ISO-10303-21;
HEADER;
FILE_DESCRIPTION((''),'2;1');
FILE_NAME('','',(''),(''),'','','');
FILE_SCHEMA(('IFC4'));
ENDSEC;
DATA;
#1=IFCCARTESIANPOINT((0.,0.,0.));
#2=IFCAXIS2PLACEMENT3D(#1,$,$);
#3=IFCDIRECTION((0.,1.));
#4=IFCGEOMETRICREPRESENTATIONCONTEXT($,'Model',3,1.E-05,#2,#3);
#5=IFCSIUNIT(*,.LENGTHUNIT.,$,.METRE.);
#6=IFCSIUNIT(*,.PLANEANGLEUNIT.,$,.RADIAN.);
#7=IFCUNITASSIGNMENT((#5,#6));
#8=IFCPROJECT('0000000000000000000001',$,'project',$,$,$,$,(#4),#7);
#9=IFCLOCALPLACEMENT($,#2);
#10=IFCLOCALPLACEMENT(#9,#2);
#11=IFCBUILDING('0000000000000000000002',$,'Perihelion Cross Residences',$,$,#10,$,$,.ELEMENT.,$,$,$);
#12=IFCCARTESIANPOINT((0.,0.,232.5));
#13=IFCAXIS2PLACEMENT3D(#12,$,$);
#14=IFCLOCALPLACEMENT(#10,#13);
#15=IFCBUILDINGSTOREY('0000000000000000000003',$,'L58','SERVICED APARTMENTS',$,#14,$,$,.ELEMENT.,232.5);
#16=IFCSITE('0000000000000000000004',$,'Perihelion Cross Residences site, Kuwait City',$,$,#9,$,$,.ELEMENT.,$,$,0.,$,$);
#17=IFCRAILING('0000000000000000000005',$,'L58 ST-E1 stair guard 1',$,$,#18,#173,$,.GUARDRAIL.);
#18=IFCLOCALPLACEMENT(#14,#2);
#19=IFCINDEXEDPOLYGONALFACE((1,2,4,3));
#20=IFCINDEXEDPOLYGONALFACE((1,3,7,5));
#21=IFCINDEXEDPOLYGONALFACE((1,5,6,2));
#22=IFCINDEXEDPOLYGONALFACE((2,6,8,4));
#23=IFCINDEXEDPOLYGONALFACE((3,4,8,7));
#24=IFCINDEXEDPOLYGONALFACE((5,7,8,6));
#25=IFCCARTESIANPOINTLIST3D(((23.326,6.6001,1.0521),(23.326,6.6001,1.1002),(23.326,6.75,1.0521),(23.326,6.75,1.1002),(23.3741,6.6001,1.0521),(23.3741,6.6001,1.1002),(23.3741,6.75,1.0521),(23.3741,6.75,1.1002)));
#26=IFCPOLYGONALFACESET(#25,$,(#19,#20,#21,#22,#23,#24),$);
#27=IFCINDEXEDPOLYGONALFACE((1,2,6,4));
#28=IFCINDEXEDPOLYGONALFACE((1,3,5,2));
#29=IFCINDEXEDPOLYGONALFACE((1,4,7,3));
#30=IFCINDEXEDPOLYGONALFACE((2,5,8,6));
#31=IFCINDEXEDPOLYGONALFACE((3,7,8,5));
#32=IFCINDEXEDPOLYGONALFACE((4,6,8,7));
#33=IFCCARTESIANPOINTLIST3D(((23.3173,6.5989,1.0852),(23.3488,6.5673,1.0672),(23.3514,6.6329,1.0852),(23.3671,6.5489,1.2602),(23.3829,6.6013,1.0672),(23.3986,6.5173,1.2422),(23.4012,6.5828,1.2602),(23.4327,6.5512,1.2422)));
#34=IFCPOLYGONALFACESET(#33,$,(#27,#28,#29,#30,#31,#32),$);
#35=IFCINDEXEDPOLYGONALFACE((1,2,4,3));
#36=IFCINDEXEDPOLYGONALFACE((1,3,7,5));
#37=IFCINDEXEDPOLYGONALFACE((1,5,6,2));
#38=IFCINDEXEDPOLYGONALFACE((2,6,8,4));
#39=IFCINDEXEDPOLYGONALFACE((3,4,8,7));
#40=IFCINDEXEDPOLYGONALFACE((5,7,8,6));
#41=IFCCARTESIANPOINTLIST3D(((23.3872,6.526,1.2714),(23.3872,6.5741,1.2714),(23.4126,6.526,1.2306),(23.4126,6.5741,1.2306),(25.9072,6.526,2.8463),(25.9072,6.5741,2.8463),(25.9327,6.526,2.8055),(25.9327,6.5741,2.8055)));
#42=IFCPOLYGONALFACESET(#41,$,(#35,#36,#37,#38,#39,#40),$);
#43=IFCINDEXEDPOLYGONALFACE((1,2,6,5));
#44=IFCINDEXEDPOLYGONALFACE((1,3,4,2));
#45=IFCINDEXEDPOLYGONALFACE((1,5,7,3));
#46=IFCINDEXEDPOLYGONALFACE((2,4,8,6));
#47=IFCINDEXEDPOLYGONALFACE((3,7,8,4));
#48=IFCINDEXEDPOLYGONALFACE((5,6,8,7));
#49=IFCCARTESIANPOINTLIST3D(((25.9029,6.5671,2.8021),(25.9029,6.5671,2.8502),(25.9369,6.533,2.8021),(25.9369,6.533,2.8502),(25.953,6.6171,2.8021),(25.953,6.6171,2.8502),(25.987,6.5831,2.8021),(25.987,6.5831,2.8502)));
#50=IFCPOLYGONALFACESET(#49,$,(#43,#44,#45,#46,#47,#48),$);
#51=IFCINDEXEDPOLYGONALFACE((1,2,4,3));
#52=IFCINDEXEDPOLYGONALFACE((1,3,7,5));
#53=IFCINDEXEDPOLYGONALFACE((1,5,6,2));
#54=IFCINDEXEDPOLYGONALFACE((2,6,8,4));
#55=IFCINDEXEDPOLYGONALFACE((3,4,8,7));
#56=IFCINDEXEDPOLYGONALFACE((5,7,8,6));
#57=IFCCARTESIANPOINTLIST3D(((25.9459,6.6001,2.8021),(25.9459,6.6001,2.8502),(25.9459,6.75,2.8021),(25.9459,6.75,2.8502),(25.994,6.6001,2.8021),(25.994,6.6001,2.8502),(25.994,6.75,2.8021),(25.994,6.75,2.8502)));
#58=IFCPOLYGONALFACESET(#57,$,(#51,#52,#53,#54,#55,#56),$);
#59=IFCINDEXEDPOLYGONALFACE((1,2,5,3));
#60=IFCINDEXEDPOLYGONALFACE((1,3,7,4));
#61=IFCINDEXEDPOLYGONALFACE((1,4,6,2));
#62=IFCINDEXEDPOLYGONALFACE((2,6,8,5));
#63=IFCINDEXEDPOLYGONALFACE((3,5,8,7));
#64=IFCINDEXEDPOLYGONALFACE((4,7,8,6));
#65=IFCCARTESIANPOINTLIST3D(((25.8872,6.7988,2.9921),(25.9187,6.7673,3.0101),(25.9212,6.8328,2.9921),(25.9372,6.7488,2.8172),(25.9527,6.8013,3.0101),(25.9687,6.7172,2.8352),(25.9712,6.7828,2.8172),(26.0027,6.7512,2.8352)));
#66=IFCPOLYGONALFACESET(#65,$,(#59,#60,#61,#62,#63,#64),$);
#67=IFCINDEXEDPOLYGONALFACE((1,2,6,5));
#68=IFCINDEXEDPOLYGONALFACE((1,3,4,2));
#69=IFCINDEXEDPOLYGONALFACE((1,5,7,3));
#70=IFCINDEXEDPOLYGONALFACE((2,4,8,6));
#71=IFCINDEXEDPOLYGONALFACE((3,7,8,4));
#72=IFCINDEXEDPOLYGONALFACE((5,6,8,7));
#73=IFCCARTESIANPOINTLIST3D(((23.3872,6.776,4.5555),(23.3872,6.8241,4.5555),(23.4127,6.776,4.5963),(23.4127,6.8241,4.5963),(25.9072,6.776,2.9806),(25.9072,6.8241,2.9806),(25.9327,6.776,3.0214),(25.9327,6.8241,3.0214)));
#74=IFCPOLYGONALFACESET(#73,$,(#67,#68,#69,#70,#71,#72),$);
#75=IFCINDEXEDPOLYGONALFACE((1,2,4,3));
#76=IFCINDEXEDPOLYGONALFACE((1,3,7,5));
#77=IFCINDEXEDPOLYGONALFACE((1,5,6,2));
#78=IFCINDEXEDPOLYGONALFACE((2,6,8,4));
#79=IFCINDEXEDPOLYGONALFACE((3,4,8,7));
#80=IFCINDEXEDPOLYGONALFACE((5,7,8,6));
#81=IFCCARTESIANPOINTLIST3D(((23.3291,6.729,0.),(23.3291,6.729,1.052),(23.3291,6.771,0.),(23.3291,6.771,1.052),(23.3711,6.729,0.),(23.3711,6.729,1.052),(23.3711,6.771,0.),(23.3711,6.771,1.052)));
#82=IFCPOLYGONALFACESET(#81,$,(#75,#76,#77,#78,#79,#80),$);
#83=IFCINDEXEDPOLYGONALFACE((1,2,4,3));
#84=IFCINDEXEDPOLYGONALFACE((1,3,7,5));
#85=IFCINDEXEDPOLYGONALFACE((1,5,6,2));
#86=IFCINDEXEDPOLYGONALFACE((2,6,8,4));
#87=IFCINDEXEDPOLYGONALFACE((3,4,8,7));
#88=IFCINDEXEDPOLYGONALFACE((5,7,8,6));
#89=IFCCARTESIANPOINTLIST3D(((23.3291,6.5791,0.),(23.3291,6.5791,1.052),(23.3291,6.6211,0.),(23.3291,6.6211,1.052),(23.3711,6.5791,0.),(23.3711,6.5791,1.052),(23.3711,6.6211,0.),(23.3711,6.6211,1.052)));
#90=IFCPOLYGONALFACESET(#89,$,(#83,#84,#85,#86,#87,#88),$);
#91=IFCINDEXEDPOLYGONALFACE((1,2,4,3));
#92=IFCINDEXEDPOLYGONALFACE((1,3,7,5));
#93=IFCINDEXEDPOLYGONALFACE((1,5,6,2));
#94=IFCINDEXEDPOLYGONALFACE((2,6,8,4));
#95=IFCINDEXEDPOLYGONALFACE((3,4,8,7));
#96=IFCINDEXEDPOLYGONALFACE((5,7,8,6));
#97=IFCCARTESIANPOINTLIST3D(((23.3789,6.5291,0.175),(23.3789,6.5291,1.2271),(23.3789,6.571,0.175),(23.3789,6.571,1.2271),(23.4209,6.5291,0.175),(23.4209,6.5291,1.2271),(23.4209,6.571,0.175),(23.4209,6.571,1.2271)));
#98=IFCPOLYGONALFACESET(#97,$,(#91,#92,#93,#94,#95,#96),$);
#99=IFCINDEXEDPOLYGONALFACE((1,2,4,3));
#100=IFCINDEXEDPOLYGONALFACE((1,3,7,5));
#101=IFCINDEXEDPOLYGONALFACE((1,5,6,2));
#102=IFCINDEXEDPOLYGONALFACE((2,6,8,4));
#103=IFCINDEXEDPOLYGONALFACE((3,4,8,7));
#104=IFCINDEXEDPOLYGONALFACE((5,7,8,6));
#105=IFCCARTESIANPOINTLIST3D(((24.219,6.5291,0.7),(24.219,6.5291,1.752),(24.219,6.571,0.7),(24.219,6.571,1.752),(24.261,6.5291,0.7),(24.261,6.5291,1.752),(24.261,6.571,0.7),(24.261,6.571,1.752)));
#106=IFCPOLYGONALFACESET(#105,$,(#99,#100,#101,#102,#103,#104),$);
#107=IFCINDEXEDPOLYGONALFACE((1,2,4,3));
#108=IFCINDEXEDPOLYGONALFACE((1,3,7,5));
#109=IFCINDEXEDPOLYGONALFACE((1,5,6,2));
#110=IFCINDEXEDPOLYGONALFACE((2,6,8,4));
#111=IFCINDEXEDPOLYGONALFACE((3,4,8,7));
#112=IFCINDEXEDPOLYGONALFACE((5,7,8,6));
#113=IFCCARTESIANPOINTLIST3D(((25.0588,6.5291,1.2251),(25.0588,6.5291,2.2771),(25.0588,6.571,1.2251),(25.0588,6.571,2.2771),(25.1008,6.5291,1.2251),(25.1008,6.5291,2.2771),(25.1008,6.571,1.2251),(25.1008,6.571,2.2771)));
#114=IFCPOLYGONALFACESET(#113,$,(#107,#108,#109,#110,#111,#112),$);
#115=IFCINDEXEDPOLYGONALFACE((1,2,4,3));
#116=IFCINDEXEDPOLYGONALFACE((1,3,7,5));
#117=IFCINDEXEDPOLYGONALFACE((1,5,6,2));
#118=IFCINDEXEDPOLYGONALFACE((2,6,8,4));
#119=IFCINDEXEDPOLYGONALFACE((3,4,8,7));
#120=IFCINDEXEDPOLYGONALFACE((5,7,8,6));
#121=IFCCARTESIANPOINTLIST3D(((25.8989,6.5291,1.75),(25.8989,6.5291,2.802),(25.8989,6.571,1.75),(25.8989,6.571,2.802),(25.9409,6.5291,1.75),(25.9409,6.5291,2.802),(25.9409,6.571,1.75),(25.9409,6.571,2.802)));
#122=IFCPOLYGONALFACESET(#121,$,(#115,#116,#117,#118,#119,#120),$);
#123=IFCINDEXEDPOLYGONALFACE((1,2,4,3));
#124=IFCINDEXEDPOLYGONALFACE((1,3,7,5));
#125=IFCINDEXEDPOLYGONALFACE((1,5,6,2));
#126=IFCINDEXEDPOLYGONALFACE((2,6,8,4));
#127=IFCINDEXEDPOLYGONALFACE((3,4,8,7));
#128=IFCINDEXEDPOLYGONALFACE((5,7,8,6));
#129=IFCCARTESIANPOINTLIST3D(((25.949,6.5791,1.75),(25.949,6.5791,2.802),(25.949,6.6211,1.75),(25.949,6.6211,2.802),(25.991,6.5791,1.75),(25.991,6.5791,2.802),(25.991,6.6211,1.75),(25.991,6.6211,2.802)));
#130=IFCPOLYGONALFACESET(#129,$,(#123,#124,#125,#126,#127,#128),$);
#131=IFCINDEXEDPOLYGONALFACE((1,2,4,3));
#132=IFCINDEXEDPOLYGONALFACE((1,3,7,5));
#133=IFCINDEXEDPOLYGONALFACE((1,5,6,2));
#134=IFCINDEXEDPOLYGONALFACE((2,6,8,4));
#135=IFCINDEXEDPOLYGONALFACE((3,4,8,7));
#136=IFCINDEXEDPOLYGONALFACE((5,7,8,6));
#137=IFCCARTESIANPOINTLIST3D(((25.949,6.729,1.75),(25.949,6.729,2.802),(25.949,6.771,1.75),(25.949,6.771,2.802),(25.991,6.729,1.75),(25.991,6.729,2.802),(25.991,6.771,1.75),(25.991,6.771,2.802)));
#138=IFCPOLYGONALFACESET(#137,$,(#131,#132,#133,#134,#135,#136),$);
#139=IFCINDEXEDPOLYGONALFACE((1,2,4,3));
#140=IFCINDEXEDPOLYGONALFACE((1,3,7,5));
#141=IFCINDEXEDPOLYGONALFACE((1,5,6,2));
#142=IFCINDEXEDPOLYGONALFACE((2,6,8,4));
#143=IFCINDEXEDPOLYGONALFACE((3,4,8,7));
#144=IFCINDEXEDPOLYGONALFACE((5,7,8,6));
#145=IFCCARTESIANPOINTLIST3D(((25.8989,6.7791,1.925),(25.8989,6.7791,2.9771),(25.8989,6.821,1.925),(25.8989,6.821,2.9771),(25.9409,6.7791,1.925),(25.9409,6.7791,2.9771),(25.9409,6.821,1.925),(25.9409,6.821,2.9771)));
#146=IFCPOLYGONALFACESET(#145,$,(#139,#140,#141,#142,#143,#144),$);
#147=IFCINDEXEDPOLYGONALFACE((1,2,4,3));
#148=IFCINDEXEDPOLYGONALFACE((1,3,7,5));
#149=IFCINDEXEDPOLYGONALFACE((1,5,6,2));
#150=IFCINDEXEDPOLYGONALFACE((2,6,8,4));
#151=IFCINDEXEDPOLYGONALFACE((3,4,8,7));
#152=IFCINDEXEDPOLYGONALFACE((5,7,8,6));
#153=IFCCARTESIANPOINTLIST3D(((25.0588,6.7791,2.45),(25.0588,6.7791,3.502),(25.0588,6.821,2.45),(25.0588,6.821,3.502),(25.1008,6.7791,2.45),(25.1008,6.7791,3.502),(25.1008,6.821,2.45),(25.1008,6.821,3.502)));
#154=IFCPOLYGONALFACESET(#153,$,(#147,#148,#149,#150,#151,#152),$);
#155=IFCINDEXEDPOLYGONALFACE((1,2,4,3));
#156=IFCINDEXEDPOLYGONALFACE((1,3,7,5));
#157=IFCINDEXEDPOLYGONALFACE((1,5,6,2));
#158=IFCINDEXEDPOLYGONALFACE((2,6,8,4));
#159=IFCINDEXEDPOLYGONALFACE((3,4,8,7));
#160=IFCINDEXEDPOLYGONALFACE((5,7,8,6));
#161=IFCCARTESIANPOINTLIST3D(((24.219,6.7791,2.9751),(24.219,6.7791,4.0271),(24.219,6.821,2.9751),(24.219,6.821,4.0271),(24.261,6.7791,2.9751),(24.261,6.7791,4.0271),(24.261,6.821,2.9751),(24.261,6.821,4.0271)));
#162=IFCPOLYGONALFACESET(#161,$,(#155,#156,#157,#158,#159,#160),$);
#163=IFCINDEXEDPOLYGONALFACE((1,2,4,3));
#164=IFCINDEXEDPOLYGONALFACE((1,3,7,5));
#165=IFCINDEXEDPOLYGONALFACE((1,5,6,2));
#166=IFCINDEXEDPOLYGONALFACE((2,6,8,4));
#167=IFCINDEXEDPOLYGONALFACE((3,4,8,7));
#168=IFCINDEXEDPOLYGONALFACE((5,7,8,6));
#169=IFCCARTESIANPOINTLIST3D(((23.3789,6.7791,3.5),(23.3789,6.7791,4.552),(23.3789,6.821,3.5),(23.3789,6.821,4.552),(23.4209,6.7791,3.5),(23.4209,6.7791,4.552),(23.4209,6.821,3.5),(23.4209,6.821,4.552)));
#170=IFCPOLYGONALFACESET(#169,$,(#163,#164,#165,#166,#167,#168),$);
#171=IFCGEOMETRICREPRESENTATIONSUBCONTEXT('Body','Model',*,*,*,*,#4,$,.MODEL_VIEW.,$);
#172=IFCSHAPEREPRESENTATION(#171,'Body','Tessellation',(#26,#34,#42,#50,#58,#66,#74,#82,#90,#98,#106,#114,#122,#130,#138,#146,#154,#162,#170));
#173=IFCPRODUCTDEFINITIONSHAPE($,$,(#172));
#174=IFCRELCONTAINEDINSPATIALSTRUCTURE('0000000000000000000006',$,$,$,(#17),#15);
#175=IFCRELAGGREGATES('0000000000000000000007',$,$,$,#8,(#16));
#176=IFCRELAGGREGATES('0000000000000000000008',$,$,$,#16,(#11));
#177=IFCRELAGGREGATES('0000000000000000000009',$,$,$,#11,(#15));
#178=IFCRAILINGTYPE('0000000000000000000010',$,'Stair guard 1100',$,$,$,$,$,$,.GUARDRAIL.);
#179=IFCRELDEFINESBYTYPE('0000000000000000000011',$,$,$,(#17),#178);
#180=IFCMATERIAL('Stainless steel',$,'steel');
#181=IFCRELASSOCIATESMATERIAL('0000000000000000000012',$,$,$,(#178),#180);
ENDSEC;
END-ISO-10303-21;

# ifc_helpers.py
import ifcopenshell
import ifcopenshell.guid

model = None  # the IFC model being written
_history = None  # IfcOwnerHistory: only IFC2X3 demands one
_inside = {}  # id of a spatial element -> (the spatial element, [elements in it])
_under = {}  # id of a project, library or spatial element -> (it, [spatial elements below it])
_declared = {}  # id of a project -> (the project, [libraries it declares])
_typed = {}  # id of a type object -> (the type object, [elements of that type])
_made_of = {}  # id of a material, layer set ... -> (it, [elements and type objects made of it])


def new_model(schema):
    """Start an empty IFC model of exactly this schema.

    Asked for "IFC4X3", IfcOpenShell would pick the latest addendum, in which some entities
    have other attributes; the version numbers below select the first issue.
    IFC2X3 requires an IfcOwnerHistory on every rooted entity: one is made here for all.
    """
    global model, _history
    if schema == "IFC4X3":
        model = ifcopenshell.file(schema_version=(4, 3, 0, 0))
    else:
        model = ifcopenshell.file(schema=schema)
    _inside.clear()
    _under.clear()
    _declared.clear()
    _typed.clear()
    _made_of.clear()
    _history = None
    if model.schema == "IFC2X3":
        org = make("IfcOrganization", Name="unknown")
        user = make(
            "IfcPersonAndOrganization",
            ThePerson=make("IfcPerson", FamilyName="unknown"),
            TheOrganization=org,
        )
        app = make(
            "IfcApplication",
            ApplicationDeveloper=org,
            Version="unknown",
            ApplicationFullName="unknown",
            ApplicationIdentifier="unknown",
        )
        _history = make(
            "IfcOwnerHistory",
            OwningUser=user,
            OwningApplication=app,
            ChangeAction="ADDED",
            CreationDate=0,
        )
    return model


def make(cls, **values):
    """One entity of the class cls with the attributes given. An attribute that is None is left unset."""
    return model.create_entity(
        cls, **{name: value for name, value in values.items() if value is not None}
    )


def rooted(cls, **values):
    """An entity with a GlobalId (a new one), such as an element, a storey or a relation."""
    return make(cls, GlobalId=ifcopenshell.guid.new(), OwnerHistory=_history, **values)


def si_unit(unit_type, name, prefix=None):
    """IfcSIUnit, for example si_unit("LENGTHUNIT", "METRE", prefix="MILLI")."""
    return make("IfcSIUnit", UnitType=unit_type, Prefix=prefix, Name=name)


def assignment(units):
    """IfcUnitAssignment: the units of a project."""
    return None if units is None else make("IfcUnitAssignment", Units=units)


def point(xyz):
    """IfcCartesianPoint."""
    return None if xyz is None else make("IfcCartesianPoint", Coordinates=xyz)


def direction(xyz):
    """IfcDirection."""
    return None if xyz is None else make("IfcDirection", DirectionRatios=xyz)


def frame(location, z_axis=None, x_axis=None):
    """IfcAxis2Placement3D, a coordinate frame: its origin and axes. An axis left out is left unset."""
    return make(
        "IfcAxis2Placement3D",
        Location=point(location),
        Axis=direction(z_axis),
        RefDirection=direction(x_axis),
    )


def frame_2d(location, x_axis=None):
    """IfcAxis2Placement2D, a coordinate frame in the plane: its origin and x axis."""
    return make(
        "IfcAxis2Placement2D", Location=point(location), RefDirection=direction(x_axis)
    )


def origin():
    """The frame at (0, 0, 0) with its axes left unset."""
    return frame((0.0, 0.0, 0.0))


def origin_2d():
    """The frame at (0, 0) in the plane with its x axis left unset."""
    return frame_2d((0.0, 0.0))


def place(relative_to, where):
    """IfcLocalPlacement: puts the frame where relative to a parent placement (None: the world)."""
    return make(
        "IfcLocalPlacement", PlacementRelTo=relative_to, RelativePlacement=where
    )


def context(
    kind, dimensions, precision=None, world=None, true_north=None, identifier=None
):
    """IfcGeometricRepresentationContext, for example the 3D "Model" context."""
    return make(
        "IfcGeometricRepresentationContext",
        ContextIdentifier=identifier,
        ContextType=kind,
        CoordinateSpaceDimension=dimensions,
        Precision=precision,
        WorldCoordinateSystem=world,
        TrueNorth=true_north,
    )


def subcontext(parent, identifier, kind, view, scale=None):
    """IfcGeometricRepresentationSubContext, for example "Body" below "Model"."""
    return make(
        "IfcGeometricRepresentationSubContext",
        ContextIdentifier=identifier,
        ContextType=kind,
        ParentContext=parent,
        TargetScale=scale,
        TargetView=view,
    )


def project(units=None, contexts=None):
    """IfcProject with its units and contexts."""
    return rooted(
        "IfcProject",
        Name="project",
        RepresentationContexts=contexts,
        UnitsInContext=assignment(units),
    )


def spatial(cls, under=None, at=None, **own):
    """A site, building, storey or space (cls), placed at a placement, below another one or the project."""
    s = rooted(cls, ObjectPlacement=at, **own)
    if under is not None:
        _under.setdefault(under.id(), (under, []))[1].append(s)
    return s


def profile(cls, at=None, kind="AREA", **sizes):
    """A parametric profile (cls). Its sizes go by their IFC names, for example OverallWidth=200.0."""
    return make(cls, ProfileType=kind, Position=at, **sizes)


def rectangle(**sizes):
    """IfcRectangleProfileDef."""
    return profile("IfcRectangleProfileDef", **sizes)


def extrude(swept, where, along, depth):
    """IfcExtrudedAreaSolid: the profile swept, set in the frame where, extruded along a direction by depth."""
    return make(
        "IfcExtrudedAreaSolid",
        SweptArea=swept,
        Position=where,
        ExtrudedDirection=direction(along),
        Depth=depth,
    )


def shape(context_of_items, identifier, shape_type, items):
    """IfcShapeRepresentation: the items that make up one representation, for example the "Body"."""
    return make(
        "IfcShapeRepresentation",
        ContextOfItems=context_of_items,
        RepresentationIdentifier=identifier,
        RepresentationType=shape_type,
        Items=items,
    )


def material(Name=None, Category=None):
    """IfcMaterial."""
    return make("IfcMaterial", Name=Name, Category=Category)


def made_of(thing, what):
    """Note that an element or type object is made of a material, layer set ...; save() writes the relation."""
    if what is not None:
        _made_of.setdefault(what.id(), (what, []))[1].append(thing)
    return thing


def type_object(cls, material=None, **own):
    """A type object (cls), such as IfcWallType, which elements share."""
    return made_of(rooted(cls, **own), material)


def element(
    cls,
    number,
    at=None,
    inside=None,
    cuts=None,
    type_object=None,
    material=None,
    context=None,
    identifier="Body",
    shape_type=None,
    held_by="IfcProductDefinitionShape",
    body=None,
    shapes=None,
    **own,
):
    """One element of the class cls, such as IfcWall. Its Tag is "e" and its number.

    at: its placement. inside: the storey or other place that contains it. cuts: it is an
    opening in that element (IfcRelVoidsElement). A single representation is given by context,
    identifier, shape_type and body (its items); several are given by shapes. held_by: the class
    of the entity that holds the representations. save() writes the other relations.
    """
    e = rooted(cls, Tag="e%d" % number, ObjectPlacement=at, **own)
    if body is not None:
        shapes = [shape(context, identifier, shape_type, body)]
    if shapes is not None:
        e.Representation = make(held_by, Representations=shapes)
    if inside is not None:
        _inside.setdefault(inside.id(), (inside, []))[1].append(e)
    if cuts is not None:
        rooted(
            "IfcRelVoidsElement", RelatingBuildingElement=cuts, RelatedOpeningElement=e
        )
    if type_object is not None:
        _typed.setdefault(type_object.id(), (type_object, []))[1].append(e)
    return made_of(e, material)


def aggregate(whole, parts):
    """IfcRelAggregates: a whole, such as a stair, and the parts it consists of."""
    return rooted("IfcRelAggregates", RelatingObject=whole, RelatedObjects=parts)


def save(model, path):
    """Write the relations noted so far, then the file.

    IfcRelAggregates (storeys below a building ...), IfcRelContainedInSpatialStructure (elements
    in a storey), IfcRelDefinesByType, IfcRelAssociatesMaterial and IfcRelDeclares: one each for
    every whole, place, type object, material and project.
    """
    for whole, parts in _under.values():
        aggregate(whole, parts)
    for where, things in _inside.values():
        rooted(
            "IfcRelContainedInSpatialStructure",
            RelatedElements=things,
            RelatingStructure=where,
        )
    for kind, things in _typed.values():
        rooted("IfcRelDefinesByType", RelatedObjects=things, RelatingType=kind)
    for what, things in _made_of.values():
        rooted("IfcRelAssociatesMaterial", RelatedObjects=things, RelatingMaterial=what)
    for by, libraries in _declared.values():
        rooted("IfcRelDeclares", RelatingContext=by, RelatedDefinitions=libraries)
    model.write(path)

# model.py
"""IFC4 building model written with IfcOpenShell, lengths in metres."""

from ifc_helpers import new_model, si_unit, direction, frame, origin, origin_2d, place, context, subcontext, project, spatial, rectangle, extrude, material, type_object, element, save


model = new_model("IFC4")

# Units and contexts
model_context = context("Model", 3, precision=1e-05, world=origin(), true_north=direction((0.0, 1.0)))
body_context = subcontext(model_context, "Body", "Model", "MODEL_VIEW")
ifc_project = project(units=[si_unit("LENGTHUNIT", "METRE"), si_unit("PLANEANGLEUNIT", "RADIAN")], contexts=[model_context])

# Site, building, storey
site_placement = place(None, origin())
site = spatial("IfcSite", under=ifc_project, at=site_placement, Name="Perihelion Cross Residences site, Kuwait City", CompositionType="ELEMENT", RefElevation=0.0)
building_placement = place(site_placement, origin())
building = spatial("IfcBuilding", under=site, at=building_placement, Name="Perihelion Cross Residences", CompositionType="ELEMENT")
storey_placement = place(building_placement, frame((0.0, 0.0, 232.5)))
storey = spatial("IfcBuildingStorey", under=building, at=storey_placement, Name="L58", Description="SERVICED APARTMENTS", CompositionType="ELEMENT", Elevation=232.5)

# Railing
ifc_material_1 = material(Name="Stainless steel", Category="steel")
railing_type_1 = type_object("IfcRailingType", Name="Stair guard 1100", PredefinedType="GUARDRAIL", material=ifc_material_1)
railing_1_placement = place(storey_placement, frame((23.3501, 6.75, 0.0)))
element("IfcRailing", 1, at=railing_1_placement, inside=storey, type_object=railing_type_1, Name="L58 ST-E1 stair guard 1", PredefinedType="GUARDRAIL", context=body_context, shape_type="SweptSolid", body=[
    extrude(rectangle(XDim=0.0481, YDim=0.0481, at=origin_2d()), frame((0.0, 0.0, 1.0762), z_axis=(0.0, -1.0, 0.0), x_axis=(1.0, 0.0, 0.0)), (0.0, 0.0, 1.0), 0.1499),
    extrude(rectangle(XDim=0.0481, YDim=0.0481, at=origin_2d()), frame((0.0, -0.1499, 1.0762), z_axis=(0.263862, -0.265156, 0.927399), x_axis=(0.708834, 0.705376, 0.0)), (0.0, 0.0, 1.0), 0.1887),
    extrude(rectangle(XDim=0.0481, YDim=0.0481, at=origin_2d()), frame((0.0498, -0.2, 1.251), z_axis=(0.848008, 0.0, 0.529984), x_axis=(0.0, 1.0, 0.0)), (0.0, 0.0, 1.0), 2.9717),
    extrude(rectangle(XDim=0.0481, YDim=0.0481, at=origin_2d()), frame((2.5698, -0.2, 2.8262), z_axis=(0.707107, 0.707107, 0.0), x_axis=(-0.707107, 0.707107, 0.0)), (0.0, 0.0, 1.0), 0.0708),
    extrude(rectangle(XDim=0.0481, YDim=0.0481, at=origin_2d()), frame((2.6199, -0.1499, 2.8262), z_axis=(0.0, 1.0, 0.0), x_axis=(-1.0, 0.0, 0.0)), (0.0, 0.0, 1.0), 0.1499),
    extrude(rectangle(XDim=0.0481, YDim=0.0481, at=origin_2d()), frame((2.6199, 0.0, 2.8262), z_axis=(-0.265065, 0.265065, 0.927082), x_axis=(-0.707107, -0.707107, 0.0)), (0.0, 0.0, 1.0), 0.1887),
    extrude(rectangle(XDim=0.0481, YDim=0.0481, at=origin_2d()), frame((2.5698, 0.05, 3.001), z_axis=(-0.848008, 0.0, 0.529984), x_axis=(0.0, -1.0, 0.0)), (0.0, 0.0, 1.0), 2.9717),
    extrude(rectangle(XDim=0.042, YDim=0.042, at=origin_2d()), origin(), (0.0, 0.0, 1.0), 1.052),
    extrude(rectangle(XDim=0.042, YDim=0.042, at=origin_2d()), frame((0.0, -0.1499, 0.0)), (0.0, 0.0, 1.0), 1.052),
    extrude(rectangle(XDim=0.042, YDim=0.042, at=origin_2d()), frame((0.0498, -0.2, 0.175)), (0.0, 0.0, 1.0), 1.052),
    extrude(rectangle(XDim=0.042, YDim=0.042, at=origin_2d()), frame((0.8899, -0.2, 0.7)), (0.0, 0.0, 1.0), 1.052),
    extrude(rectangle(XDim=0.042, YDim=0.042, at=origin_2d()), frame((1.7297, -0.2, 1.2251)), (0.0, 0.0, 1.0), 1.052),
    extrude(rectangle(XDim=0.042, YDim=0.042, at=origin_2d()), frame((2.5698, -0.2, 1.75)), (0.0, 0.0, 1.0), 1.052),
    extrude(rectangle(XDim=0.042, YDim=0.042, at=origin_2d()), frame((2.6199, -0.1499, 1.75)), (0.0, 0.0, 1.0), 1.052),
    extrude(rectangle(XDim=0.042, YDim=0.042, at=origin_2d()), frame((2.6199, 0.0, 1.75)), (0.0, 0.0, 1.0), 1.052),
    extrude(rectangle(XDim=0.042, YDim=0.042, at=origin_2d()), frame((2.5698, 0.05, 1.925)), (0.0, 0.0, 1.0), 1.052),
    extrude(rectangle(XDim=0.042, YDim=0.042, at=origin_2d()), frame((1.7297, 0.05, 2.45)), (0.0, 0.0, 1.0), 1.052),
    extrude(rectangle(XDim=0.042, YDim=0.042, at=origin_2d()), frame((0.8899, 0.05, 2.9751)), (0.0, 0.0, 1.0), 1.052),
    extrude(rectangle(XDim=0.042, YDim=0.042, at=origin_2d()), frame((0.0498, 0.05, 3.5)), (0.0, 0.0, 1.0), 1.052),
])

save(model, "model.ifc")
